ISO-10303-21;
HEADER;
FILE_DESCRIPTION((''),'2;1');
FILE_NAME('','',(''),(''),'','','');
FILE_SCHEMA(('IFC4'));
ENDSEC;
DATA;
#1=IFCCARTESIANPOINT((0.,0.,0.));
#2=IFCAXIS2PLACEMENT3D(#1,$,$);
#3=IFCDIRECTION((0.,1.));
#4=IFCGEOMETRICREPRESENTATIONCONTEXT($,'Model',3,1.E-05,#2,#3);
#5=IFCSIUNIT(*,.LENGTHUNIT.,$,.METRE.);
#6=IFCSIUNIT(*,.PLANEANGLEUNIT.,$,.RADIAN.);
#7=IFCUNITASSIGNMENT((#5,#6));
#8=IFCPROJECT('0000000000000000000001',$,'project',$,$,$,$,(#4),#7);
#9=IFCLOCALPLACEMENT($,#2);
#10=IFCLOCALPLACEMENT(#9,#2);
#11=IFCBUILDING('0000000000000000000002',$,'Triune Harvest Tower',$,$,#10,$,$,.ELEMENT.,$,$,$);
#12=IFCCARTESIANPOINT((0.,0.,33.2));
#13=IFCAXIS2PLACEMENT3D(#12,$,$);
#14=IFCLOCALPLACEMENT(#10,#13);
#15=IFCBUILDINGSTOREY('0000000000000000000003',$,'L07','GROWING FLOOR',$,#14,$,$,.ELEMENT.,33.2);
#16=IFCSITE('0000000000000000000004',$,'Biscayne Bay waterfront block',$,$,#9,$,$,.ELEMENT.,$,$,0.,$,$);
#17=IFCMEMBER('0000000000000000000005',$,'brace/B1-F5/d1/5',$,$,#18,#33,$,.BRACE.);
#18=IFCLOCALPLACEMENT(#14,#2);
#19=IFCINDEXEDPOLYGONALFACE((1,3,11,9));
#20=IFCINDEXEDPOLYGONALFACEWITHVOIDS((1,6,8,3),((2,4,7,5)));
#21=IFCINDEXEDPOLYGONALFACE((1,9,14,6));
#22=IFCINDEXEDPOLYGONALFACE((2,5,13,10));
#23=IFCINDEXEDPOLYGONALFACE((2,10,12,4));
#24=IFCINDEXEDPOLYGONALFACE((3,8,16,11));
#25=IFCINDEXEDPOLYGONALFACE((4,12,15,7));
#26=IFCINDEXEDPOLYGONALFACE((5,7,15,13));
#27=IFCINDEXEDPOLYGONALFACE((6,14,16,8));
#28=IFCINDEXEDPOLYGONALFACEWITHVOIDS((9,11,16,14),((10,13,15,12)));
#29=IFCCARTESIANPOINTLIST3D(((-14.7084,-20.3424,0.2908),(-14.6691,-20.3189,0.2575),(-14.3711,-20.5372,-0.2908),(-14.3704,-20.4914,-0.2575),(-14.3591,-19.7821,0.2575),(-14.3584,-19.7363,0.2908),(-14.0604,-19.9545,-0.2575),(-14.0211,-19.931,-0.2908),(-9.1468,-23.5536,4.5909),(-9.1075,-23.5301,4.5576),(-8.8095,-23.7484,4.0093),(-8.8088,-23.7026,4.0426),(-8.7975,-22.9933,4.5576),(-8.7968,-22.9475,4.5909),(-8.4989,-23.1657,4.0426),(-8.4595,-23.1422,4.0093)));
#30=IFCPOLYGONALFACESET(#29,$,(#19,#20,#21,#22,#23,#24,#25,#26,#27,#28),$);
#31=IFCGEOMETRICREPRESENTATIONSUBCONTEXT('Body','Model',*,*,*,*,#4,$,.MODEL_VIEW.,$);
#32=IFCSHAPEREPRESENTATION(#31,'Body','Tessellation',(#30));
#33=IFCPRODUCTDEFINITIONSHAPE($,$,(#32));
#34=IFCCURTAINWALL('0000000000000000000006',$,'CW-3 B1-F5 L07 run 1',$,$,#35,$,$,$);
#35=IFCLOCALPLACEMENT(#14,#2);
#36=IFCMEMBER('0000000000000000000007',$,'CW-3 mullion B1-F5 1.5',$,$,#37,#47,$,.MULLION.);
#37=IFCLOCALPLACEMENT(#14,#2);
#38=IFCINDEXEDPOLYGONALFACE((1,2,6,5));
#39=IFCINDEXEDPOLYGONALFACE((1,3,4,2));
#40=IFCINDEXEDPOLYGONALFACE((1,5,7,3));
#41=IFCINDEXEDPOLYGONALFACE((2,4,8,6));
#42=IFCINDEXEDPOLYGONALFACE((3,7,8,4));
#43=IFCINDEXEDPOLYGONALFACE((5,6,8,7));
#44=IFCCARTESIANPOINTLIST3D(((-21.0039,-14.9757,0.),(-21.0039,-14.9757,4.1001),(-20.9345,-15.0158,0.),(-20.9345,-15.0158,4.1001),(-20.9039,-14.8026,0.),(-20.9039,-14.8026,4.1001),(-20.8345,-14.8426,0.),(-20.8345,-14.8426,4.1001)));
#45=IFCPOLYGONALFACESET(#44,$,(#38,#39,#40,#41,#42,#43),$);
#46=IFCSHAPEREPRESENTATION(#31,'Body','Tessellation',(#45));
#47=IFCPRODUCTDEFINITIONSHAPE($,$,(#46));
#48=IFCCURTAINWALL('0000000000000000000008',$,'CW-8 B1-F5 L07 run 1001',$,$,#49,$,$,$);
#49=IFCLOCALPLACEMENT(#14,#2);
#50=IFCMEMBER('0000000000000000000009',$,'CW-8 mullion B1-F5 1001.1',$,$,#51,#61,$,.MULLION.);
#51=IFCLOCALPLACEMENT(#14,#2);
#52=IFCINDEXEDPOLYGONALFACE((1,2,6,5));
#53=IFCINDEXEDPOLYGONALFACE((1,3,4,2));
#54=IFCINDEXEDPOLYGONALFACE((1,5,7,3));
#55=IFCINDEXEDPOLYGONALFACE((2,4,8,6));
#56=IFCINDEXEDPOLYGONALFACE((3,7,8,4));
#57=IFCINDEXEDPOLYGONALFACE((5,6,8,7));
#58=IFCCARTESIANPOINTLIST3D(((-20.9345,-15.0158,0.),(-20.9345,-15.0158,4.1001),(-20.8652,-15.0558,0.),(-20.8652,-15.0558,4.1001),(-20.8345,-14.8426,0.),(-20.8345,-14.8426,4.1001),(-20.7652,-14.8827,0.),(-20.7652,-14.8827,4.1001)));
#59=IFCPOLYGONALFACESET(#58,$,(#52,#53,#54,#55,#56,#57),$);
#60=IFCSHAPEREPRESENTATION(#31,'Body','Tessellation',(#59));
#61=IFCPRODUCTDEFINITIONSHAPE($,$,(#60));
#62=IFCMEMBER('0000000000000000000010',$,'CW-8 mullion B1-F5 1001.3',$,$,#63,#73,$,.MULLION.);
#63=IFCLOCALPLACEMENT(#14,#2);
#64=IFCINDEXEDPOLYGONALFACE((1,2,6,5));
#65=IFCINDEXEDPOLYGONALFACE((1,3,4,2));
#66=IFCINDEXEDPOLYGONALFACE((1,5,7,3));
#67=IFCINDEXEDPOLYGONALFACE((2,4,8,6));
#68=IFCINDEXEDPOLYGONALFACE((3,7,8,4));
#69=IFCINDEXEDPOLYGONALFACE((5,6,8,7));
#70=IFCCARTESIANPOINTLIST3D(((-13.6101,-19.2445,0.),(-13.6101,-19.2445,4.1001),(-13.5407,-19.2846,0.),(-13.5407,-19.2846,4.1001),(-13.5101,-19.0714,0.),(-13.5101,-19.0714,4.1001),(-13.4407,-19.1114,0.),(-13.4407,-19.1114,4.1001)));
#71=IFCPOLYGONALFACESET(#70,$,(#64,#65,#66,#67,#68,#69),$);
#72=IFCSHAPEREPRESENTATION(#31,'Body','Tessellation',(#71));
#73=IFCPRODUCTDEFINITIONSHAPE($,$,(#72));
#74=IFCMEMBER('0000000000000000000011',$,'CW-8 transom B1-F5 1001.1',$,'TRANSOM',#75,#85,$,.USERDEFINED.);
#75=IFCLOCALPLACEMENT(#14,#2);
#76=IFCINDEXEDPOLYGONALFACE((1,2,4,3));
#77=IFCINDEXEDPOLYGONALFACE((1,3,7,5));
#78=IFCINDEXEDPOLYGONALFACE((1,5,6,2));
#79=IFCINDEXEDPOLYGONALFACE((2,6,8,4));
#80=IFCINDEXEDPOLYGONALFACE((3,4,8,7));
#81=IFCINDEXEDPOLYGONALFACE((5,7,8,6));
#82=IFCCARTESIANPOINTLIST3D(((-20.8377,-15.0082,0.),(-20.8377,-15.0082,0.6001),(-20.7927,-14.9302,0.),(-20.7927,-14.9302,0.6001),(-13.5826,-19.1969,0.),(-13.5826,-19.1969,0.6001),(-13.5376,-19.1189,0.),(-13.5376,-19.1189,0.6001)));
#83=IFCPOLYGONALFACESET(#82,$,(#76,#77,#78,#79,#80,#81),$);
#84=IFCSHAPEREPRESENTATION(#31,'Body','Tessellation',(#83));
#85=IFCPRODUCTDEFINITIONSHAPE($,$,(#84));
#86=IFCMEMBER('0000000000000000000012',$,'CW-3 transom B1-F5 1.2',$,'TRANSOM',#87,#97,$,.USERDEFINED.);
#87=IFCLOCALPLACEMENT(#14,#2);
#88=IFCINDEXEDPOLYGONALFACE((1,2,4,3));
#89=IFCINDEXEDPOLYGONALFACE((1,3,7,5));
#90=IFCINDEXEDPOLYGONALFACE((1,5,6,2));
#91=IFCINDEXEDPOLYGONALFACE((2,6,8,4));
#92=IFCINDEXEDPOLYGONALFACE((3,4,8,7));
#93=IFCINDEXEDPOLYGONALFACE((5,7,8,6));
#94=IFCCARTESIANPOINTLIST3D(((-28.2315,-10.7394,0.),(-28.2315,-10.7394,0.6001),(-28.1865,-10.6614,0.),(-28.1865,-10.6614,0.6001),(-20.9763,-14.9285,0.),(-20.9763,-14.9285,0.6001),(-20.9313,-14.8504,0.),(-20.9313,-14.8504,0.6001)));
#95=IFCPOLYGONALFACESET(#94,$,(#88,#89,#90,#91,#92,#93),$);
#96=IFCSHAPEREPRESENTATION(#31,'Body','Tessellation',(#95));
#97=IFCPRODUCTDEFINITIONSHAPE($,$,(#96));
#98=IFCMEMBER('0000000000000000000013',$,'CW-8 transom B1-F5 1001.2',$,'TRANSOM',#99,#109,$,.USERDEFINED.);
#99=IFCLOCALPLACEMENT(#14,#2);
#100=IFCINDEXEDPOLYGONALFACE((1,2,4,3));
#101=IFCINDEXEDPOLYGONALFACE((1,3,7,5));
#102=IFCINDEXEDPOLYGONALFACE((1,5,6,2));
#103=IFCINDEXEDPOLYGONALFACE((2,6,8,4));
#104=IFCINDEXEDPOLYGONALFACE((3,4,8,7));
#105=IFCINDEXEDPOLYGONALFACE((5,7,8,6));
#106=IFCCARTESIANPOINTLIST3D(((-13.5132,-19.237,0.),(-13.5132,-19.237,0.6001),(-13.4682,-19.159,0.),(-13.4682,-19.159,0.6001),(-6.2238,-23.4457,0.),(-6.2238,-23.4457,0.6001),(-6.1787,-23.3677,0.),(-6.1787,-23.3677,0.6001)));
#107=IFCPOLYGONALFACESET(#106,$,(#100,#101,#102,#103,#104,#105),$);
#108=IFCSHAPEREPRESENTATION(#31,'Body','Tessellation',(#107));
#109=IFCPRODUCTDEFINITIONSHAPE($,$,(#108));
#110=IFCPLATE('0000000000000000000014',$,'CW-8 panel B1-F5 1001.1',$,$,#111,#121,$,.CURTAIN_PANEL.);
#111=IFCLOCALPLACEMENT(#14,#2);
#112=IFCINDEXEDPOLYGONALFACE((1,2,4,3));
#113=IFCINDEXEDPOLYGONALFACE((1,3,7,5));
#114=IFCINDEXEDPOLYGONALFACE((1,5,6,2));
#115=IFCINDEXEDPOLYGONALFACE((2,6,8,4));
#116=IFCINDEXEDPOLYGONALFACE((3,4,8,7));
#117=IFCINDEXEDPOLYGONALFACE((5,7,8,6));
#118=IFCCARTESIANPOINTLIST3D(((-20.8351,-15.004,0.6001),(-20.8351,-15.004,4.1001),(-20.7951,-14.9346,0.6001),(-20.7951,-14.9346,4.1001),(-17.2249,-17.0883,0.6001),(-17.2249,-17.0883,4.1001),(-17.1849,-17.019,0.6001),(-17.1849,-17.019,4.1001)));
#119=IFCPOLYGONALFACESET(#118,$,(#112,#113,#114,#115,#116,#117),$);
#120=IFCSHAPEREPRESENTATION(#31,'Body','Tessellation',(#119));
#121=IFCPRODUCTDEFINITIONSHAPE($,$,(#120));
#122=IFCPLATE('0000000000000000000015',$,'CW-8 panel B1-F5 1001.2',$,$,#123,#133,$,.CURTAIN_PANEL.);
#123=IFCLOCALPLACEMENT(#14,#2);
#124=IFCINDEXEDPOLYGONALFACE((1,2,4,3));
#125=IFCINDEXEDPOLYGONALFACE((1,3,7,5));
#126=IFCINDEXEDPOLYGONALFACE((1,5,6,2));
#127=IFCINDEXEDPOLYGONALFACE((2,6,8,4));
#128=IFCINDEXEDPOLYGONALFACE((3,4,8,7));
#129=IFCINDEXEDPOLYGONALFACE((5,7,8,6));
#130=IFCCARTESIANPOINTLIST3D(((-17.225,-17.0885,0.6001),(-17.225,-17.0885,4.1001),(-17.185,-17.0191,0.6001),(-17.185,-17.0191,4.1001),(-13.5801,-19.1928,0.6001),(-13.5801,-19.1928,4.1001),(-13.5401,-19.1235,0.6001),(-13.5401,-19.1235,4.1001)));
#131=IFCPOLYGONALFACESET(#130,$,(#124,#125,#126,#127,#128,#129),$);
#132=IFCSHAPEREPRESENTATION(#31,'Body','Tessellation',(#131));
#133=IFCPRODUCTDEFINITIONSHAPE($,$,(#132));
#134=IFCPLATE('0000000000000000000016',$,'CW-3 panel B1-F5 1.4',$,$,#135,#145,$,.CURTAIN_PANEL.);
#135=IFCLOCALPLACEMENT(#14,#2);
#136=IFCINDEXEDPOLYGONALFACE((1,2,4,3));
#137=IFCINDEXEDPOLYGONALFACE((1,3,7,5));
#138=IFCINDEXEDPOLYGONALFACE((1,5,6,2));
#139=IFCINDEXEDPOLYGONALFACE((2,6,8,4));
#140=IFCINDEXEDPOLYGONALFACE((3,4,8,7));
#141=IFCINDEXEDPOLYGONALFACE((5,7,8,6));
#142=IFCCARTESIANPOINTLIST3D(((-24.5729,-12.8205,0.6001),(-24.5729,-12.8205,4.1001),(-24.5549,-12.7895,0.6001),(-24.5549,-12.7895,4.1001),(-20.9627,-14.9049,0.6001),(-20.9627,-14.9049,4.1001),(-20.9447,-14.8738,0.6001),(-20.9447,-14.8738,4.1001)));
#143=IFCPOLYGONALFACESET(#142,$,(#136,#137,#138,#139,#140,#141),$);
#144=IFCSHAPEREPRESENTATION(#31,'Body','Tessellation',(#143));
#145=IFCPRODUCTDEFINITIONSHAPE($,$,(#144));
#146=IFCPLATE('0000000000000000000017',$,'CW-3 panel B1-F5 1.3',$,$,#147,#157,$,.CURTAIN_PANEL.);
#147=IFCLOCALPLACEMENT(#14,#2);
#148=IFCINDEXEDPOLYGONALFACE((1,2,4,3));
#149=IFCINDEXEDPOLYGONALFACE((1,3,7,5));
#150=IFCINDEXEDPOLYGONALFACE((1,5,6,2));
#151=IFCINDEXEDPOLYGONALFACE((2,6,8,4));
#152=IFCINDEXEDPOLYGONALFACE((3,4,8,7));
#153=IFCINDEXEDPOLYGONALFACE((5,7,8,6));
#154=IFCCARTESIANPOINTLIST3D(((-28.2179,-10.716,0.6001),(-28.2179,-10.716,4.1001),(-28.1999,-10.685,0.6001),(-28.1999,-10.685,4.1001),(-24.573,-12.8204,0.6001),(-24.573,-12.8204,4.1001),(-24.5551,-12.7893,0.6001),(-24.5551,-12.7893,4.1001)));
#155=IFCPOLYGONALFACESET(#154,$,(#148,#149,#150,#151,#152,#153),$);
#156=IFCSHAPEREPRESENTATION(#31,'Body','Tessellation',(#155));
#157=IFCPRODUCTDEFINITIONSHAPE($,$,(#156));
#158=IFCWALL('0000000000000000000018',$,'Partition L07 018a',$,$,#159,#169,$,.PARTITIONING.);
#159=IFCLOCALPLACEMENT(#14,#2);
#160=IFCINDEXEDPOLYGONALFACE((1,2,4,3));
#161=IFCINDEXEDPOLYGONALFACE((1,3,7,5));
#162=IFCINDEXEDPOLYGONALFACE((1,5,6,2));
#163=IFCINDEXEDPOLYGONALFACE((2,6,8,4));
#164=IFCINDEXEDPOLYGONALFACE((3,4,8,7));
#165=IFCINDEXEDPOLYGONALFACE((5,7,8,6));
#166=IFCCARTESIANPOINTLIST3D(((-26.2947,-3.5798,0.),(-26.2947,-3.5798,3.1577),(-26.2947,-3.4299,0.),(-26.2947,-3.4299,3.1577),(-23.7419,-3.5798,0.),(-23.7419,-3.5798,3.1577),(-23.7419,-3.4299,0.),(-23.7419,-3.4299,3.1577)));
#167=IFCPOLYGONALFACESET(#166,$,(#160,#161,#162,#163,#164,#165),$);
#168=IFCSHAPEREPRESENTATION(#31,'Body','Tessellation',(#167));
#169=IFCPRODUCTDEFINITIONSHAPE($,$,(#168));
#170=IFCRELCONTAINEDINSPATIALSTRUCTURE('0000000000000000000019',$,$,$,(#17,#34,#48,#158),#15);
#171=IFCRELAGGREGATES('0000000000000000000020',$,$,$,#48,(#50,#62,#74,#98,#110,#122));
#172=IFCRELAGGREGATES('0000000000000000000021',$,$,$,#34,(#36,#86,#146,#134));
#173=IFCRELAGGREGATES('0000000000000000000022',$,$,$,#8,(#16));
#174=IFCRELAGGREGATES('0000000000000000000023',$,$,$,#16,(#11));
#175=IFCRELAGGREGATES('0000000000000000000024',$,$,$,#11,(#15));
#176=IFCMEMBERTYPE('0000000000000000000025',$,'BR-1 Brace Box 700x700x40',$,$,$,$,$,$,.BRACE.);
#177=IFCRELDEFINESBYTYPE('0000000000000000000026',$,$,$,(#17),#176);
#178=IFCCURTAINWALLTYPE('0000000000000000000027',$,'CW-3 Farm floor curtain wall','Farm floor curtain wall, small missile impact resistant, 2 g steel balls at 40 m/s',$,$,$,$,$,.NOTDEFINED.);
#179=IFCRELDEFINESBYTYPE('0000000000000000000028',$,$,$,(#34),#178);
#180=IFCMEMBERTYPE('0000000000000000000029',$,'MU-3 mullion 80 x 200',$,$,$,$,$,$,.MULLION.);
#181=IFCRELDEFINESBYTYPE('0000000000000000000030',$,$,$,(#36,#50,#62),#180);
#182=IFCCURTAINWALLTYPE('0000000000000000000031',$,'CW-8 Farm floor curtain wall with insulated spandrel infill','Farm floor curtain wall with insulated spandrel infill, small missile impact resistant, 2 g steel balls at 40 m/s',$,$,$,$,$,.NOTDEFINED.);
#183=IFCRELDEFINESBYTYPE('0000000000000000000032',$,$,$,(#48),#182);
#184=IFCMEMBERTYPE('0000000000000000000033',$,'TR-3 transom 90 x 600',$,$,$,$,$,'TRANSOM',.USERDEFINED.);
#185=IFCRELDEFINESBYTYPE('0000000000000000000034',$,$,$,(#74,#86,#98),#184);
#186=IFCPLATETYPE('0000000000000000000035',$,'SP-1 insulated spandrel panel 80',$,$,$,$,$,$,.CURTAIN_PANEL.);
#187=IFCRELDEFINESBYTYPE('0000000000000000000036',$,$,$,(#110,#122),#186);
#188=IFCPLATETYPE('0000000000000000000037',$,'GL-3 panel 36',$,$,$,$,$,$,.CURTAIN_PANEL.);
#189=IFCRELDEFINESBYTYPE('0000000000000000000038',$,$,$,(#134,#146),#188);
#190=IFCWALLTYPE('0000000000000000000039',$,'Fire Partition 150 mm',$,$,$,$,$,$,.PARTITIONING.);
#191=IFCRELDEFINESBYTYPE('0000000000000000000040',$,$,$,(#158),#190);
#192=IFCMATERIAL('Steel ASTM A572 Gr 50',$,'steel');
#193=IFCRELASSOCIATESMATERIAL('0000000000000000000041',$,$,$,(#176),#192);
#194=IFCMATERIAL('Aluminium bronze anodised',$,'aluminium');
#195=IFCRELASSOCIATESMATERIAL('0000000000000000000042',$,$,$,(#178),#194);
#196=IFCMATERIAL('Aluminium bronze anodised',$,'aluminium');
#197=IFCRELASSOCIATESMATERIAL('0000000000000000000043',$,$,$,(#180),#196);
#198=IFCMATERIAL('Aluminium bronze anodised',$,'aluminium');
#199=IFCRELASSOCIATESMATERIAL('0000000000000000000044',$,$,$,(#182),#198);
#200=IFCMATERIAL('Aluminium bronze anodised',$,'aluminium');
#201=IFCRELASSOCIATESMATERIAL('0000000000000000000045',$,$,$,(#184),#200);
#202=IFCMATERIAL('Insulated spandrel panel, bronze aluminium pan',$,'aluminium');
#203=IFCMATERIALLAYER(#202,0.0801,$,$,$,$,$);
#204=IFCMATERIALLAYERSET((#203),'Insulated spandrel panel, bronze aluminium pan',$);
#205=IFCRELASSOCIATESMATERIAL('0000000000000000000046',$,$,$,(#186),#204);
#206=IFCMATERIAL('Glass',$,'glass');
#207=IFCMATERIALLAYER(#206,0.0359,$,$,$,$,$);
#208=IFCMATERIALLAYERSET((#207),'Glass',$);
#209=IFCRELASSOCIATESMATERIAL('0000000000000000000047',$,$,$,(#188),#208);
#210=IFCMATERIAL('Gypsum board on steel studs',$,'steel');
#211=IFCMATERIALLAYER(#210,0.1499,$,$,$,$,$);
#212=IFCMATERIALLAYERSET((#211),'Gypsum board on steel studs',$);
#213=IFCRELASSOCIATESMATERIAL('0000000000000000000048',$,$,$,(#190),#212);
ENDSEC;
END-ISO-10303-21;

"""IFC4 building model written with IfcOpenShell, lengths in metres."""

from ifc_helpers import new_model, si_unit, direction, frame, frame_2d, origin, origin_2d, place, context, subcontext, project, spatial, rectangle, hollow_rectangle, extrude, source, transform, mapped, material, layer, layer_set, material_profile, profile_set, type_object, element, aggregate, save


model = new_model("IFC4")

# Units and contexts
model_context = context("Model", 3, precision=1e-05, world=origin(), true_north=direction((0.0, 1.0)))
body_context = subcontext(model_context, "Body", "Model", "MODEL_VIEW")
ifc_project = project(units=[si_unit("LENGTHUNIT", "METRE"), si_unit("PLANEANGLEUNIT", "RADIAN")], contexts=[model_context])

# Site, building, storey
site_placement = place(None, origin())
site = spatial("IfcSite", under=ifc_project, at=site_placement, Name="Biscayne Bay waterfront block", CompositionType="ELEMENT", RefElevation=0.0)
building_placement = place(site_placement, origin())
building = spatial("IfcBuilding", under=site, at=building_placement, Name="Triune Harvest Tower", CompositionType="ELEMENT")
storey_placement = place(building_placement, frame((0.0, 0.0, 33.2)))
storey = spatial("IfcBuildingStorey", under=building, at=storey_placement, Name="L07", Description="GROWING FLOOR", CompositionType="ELEMENT", Elevation=33.2)

# Member
ifc_material_1 = material(Name="Steel ASTM A572 Gr 50", Category="steel")
ifc_material_profile_1 = material_profile(ifc_material_1, hollow_rectangle(XDim=0.7, YDim=0.7, WallThickness=0.04, at=origin_2d()), Name="Box 700x700x40")
ifc_profile_set_1 = profile_set([ifc_material_profile_1], Name="Steel ASTM A572 Gr 50")
member_type_1 = type_object("IfcMemberType", Name="BR-1 Brace Box 700x700x40", PredefinedType="BRACE", material=ifc_profile_set_1)
shared_shape_1 = source(origin(), body_context, "Body", "SweptSolid", [
    extrude(hollow_rectangle(XDim=0.7, YDim=0.7, WallThickness=0.04, at=origin_2d()), origin(), (0.0, 0.0, 1.0), 7.7288),
])
member_1_placement = place(storey_placement, frame((-14.3647, -20.1367, 0.0), z_axis=(0.719595, -0.415488, 0.556375), x_axis=(0.500027, 0.86601, 0.0)))
element("IfcMember", 1, at=member_1_placement, inside=storey, type_object=member_type_1, Name="brace/B1-F5/d1/5", PredefinedType="BRACE", context=body_context, shape_type="MappedRepresentation", body=[
    mapped(shared_shape_1, transform((0.0, 0.0, 0.0), scale=1.0)),
])

# Curtain wall, member
ifc_material_2 = material(Name="Aluminium bronze anodised", Category="aluminium")
curtain_wall_type_1 = type_object("IfcCurtainWallType", Name="CW-3 Farm floor curtain wall", Description="Farm floor curtain wall, small missile impact resistant, 2 g steel balls at 40 m/s", PredefinedType="NOTDEFINED", material=ifc_material_2)
curtain_wall_1_placement = place(storey_placement, origin())
curtain_wall_1 = element("IfcCurtainWall", 2, at=curtain_wall_1_placement, inside=storey, type_object=curtain_wall_type_1, Name="CW-3 B1-F5 L07 run 1")
ifc_material_3 = material(Name="Aluminium bronze anodised", Category="aluminium")
ifc_material_profile_2 = material_profile(ifc_material_3, rectangle(XDim=0.2, YDim=0.0801, at=origin_2d()), Name="MU-3 mullion 80 x 200")
ifc_profile_set_2 = profile_set([ifc_material_profile_2], Name="Aluminium bronze anodised")
member_type_2 = type_object("IfcMemberType", Name="MU-3 mullion 80 x 200", PredefinedType="MULLION", material=ifc_profile_set_2)
shared_shape_2 = source(origin(), body_context, "Body", "SweptSolid", [
    extrude(rectangle(XDim=0.2, YDim=0.0801, at=origin_2d()), origin(), (0.0, 0.0, 1.0), 4.1001),
])
member_2_placement = place(storey_placement, frame((-20.9192, -14.9092, 0.0), z_axis=(0.0, 0.0, 1.0), x_axis=(0.500001, 0.866025, 0.0)))
member_2 = element("IfcMember", 3, at=member_2_placement, type_object=member_type_2, Name="CW-3 mullion B1-F5 1.5", PredefinedType="MULLION", context=body_context, shape_type="MappedRepresentation", body=[
    mapped(shared_shape_2, transform((0.0, 0.0, 0.0), scale=1.0)),
])

# Curtain wall, members
ifc_material_4 = material(Name="Aluminium bronze anodised", Category="aluminium")
curtain_wall_type_2 = type_object("IfcCurtainWallType", Name="CW-8 Farm floor curtain wall with insulated spandrel infill", Description="Farm floor curtain wall with insulated spandrel infill, small missile impact resistant, 2 g steel balls at 40 m/s", PredefinedType="NOTDEFINED", material=ifc_material_4)
curtain_wall_2_placement = place(storey_placement, origin())
curtain_wall_2 = element("IfcCurtainWall", 4, at=curtain_wall_2_placement, inside=storey, type_object=curtain_wall_type_2, Name="CW-8 B1-F5 L07 run 1001")
member_3_placement = place(storey_placement, frame((-20.8499, -14.9492, 0.0), z_axis=(0.0, 0.0, 1.0), x_axis=(0.499998, 0.866027, 0.0)))
member_3 = element("IfcMember", 5, at=member_3_placement, type_object=member_type_2, Name="CW-8 mullion B1-F5 1001.1", PredefinedType="MULLION", context=body_context, shape_type="MappedRepresentation", body=[
    mapped(shared_shape_2, transform((0.0, 0.0, 0.0), scale=1.0)),
])
member_4_placement = place(storey_placement, frame((-13.5254, -19.178, 0.0), z_axis=(0.0, 0.0, 1.0), x_axis=(0.499998, 0.866027, 0.0)))
member_4 = element("IfcMember", 6, at=member_4_placement, type_object=member_type_2, Name="CW-8 mullion B1-F5 1001.3", PredefinedType="MULLION", context=body_context, shape_type="MappedRepresentation", body=[
    mapped(shared_shape_2, transform((0.0, 0.0, 0.0), scale=1.0)),
])
ifc_material_5 = material(Name="Aluminium bronze anodised", Category="aluminium")
ifc_material_profile_3 = material_profile(ifc_material_5, rectangle(XDim=0.0901, YDim=0.6001, at=origin_2d()), Name="TR-3 transom 90 x 600")
ifc_profile_set_3 = profile_set([ifc_material_profile_3], Name="Aluminium bronze anodised")
member_type_3 = type_object("IfcMemberType", Name="TR-3 transom 90 x 600", ElementType="TRANSOM", PredefinedType="USERDEFINED", material=ifc_profile_set_3)
shared_shape_3 = source(origin(), body_context, "Body", "SweptSolid", [
    extrude(rectangle(XDim=0.0901, YDim=0.6001, at=origin_2d()), origin(), (0.0, 0.0, 1.0), 8.3774),
])
member_5_placement = place(storey_placement, frame((-20.8152, -14.9692, 0.3), z_axis=(0.866027, -0.499997, 0.0), x_axis=(0.499997, 0.866027, 0.0)))
member_5 = element("IfcMember", 7, at=member_5_placement, type_object=member_type_3, Name="CW-8 transom B1-F5 1001.1", ObjectType="TRANSOM", PredefinedType="USERDEFINED", context=body_context, shape_type="MappedRepresentation", body=[
    mapped(shared_shape_3, transform((0.0, 0.0, 0.0), scale=1.0)),
])

# Members
shared_shape_4 = source(origin(), body_context, "Body", "SweptSolid", [
    extrude(rectangle(XDim=0.0901, YDim=0.6001, at=origin_2d()), origin(), (0.0, 0.0, 1.0), 8.3777),
])
member_6_placement = place(storey_placement, frame((-28.209, -10.7004, 0.3), z_axis=(0.866014, -0.500019, 0.0), x_axis=(0.500019, 0.866014, 0.0)))
member_6 = element("IfcMember", 8, at=member_6_placement, type_object=member_type_3, Name="CW-3 transom B1-F5 1.2", ObjectType="TRANSOM", PredefinedType="USERDEFINED", context=body_context, shape_type="MappedRepresentation", body=[
    mapped(shared_shape_4, transform((0.0, 0.0, 0.0), scale=1.0)),
])
shared_shape_5 = source(origin(), body_context, "Body", "SweptSolid", [
    extrude(rectangle(XDim=0.0901, YDim=0.6001, at=origin_2d()), origin(), (0.0, 0.0, 1.0), 8.4172),
])
member_7_placement = place(storey_placement, frame((-13.4907, -19.198, 0.3), z_axis=(0.866019, -0.50001, 0.0), x_axis=(0.50001, 0.866019, 0.0)))
member_7 = element("IfcMember", 9, at=member_7_placement, type_object=member_type_3, Name="CW-8 transom B1-F5 1001.2", ObjectType="TRANSOM", PredefinedType="USERDEFINED", context=body_context, shape_type="MappedRepresentation", body=[
    mapped(shared_shape_5, transform((0.0, 0.0, 0.0), scale=1.0)),
])

# Plates
ifc_material_6 = material(Name="Insulated spandrel panel, bronze aluminium pan", Category="aluminium")
ifc_layer_1 = layer(ifc_material_6, 0.0801)
ifc_layer_set_1 = layer_set([ifc_layer_1], Name="Insulated spandrel panel, bronze aluminium pan")
plate_type_1 = type_object("IfcPlateType", Name="SP-1 insulated spandrel panel 80", PredefinedType="CURTAIN_PANEL", material=ifc_layer_set_1)
shared_shape_6 = source(origin(), body_context, "Body", "SweptSolid", [
    extrude(rectangle(XDim=4.1687, YDim=0.0801, at=origin_2d()), origin(), (0.0, 0.0, 1.0), 3.5),
])
plate_1_placement = place(storey_placement, frame((-19.01, -16.0115, 0.6001), z_axis=(0.0, 0.0, 1.0), x_axis=(0.866027, -0.499998, 0.0)))
plate_1 = element("IfcPlate", 10, at=plate_1_placement, type_object=plate_type_1, Name="CW-8 panel B1-F5 1001.1", PredefinedType="CURTAIN_PANEL", context=body_context, shape_type="MappedRepresentation", body=[
    mapped(shared_shape_6, transform((0.0, 0.0, 0.0), scale=1.0)),
])
shared_shape_7 = source(origin(), body_context, "Body", "SweptSolid", [
    extrude(rectangle(XDim=4.2087, YDim=0.0801, at=origin_2d()), origin(), (0.0, 0.0, 1.0), 3.5),
])
plate_2_placement = place(storey_placement, frame((-15.3826, -18.106, 0.6001), z_axis=(0.0, 0.0, 1.0), x_axis=(0.866027, -0.499998, 0.0)))
plate_2 = element("IfcPlate", 11, at=plate_2_placement, type_object=plate_type_1, Name="CW-8 panel B1-F5 1001.2", PredefinedType="CURTAIN_PANEL", context=body_context, shape_type="MappedRepresentation", body=[
    mapped(shared_shape_7, transform((0.0, 0.0, 0.0), scale=1.0)),
])
aggregate(curtain_wall_2, [member_3, member_4, member_5, member_7, plate_1, plate_2])
ifc_material_7 = material(Name="Glass", Category="glass")
ifc_layer_2 = layer(ifc_material_7, 0.0359)
ifc_layer_set_2 = layer_set([ifc_layer_2], Name="Glass")
plate_type_2 = type_object("IfcPlateType", Name="GL-3 panel 36", PredefinedType="CURTAIN_PANEL", material=ifc_layer_set_2)
shared_shape_8 = source(origin(), body_context, "Body", "SweptSolid", [
    extrude(rectangle(XDim=4.1687, YDim=0.0359, at=origin_2d()), origin(), (0.0, 0.0, 1.0), 3.5),
])
plate_3_placement = place(storey_placement, frame((-22.7588, -13.8472, 0.6001), z_axis=(0.0, 0.0, 1.0), x_axis=(0.866025, -0.500001, 0.0)))
plate_3 = element("IfcPlate", 12, at=plate_3_placement, type_object=plate_type_2, Name="CW-3 panel B1-F5 1.4", PredefinedType="CURTAIN_PANEL", context=body_context, shape_type="MappedRepresentation", body=[
    mapped(shared_shape_8, transform((0.0, 0.0, 0.0), scale=1.0)),
])
shared_shape_9 = source(origin(), body_context, "Body", "SweptSolid", [
    extrude(rectangle(XDim=4.2087, YDim=0.0359, at=origin_2d()), origin(), (0.0, 0.0, 1.0), 3.5),
])
plate_4_placement = place(storey_placement, frame((-26.3865, -11.7527, 0.6001), z_axis=(0.0, 0.0, 1.0), x_axis=(0.866025, -0.500001, 0.0)))
plate_4 = element("IfcPlate", 13, at=plate_4_placement, type_object=plate_type_2, Name="CW-3 panel B1-F5 1.3", PredefinedType="CURTAIN_PANEL", context=body_context, shape_type="MappedRepresentation", body=[
    mapped(shared_shape_9, transform((0.0, 0.0, 0.0), scale=1.0)),
])
aggregate(curtain_wall_1, [member_2, member_6, plate_4, plate_3])

# Wall
ifc_material_8 = material(Name="Gypsum board on steel studs", Category="steel")
ifc_layer_3 = layer(ifc_material_8, 0.1499)
ifc_layer_set_3 = layer_set([ifc_layer_3], Name="Gypsum board on steel studs")
wall_type = type_object("IfcWallType", Name="Fire Partition 150 mm", PredefinedType="PARTITIONING", material=ifc_layer_set_3)
shared_shape_10 = source(origin(), body_context, "Body", "SweptSolid", [
    extrude(rectangle(XDim=2.5527, YDim=0.1499, at=frame_2d((1.2764, 0.0))), origin(), (0.0, 0.0, 1.0), 3.1577),
])
wall_1_placement = place(storey_placement, frame((-26.2947, -3.5049, 0.0), z_axis=(0.0, 0.0, 1.0), x_axis=(1.0, 0.0, 0.0)))
element("IfcWall", 14, at=wall_1_placement, inside=storey, type_object=wall_type, Name="Partition L07 018a", PredefinedType="PARTITIONING", context=body_context, shape_type="MappedRepresentation", body=[
    mapped(shared_shape_10, transform((0.0, 0.0, 0.0), scale=1.0)),
])

save(model, "model.ifc")
